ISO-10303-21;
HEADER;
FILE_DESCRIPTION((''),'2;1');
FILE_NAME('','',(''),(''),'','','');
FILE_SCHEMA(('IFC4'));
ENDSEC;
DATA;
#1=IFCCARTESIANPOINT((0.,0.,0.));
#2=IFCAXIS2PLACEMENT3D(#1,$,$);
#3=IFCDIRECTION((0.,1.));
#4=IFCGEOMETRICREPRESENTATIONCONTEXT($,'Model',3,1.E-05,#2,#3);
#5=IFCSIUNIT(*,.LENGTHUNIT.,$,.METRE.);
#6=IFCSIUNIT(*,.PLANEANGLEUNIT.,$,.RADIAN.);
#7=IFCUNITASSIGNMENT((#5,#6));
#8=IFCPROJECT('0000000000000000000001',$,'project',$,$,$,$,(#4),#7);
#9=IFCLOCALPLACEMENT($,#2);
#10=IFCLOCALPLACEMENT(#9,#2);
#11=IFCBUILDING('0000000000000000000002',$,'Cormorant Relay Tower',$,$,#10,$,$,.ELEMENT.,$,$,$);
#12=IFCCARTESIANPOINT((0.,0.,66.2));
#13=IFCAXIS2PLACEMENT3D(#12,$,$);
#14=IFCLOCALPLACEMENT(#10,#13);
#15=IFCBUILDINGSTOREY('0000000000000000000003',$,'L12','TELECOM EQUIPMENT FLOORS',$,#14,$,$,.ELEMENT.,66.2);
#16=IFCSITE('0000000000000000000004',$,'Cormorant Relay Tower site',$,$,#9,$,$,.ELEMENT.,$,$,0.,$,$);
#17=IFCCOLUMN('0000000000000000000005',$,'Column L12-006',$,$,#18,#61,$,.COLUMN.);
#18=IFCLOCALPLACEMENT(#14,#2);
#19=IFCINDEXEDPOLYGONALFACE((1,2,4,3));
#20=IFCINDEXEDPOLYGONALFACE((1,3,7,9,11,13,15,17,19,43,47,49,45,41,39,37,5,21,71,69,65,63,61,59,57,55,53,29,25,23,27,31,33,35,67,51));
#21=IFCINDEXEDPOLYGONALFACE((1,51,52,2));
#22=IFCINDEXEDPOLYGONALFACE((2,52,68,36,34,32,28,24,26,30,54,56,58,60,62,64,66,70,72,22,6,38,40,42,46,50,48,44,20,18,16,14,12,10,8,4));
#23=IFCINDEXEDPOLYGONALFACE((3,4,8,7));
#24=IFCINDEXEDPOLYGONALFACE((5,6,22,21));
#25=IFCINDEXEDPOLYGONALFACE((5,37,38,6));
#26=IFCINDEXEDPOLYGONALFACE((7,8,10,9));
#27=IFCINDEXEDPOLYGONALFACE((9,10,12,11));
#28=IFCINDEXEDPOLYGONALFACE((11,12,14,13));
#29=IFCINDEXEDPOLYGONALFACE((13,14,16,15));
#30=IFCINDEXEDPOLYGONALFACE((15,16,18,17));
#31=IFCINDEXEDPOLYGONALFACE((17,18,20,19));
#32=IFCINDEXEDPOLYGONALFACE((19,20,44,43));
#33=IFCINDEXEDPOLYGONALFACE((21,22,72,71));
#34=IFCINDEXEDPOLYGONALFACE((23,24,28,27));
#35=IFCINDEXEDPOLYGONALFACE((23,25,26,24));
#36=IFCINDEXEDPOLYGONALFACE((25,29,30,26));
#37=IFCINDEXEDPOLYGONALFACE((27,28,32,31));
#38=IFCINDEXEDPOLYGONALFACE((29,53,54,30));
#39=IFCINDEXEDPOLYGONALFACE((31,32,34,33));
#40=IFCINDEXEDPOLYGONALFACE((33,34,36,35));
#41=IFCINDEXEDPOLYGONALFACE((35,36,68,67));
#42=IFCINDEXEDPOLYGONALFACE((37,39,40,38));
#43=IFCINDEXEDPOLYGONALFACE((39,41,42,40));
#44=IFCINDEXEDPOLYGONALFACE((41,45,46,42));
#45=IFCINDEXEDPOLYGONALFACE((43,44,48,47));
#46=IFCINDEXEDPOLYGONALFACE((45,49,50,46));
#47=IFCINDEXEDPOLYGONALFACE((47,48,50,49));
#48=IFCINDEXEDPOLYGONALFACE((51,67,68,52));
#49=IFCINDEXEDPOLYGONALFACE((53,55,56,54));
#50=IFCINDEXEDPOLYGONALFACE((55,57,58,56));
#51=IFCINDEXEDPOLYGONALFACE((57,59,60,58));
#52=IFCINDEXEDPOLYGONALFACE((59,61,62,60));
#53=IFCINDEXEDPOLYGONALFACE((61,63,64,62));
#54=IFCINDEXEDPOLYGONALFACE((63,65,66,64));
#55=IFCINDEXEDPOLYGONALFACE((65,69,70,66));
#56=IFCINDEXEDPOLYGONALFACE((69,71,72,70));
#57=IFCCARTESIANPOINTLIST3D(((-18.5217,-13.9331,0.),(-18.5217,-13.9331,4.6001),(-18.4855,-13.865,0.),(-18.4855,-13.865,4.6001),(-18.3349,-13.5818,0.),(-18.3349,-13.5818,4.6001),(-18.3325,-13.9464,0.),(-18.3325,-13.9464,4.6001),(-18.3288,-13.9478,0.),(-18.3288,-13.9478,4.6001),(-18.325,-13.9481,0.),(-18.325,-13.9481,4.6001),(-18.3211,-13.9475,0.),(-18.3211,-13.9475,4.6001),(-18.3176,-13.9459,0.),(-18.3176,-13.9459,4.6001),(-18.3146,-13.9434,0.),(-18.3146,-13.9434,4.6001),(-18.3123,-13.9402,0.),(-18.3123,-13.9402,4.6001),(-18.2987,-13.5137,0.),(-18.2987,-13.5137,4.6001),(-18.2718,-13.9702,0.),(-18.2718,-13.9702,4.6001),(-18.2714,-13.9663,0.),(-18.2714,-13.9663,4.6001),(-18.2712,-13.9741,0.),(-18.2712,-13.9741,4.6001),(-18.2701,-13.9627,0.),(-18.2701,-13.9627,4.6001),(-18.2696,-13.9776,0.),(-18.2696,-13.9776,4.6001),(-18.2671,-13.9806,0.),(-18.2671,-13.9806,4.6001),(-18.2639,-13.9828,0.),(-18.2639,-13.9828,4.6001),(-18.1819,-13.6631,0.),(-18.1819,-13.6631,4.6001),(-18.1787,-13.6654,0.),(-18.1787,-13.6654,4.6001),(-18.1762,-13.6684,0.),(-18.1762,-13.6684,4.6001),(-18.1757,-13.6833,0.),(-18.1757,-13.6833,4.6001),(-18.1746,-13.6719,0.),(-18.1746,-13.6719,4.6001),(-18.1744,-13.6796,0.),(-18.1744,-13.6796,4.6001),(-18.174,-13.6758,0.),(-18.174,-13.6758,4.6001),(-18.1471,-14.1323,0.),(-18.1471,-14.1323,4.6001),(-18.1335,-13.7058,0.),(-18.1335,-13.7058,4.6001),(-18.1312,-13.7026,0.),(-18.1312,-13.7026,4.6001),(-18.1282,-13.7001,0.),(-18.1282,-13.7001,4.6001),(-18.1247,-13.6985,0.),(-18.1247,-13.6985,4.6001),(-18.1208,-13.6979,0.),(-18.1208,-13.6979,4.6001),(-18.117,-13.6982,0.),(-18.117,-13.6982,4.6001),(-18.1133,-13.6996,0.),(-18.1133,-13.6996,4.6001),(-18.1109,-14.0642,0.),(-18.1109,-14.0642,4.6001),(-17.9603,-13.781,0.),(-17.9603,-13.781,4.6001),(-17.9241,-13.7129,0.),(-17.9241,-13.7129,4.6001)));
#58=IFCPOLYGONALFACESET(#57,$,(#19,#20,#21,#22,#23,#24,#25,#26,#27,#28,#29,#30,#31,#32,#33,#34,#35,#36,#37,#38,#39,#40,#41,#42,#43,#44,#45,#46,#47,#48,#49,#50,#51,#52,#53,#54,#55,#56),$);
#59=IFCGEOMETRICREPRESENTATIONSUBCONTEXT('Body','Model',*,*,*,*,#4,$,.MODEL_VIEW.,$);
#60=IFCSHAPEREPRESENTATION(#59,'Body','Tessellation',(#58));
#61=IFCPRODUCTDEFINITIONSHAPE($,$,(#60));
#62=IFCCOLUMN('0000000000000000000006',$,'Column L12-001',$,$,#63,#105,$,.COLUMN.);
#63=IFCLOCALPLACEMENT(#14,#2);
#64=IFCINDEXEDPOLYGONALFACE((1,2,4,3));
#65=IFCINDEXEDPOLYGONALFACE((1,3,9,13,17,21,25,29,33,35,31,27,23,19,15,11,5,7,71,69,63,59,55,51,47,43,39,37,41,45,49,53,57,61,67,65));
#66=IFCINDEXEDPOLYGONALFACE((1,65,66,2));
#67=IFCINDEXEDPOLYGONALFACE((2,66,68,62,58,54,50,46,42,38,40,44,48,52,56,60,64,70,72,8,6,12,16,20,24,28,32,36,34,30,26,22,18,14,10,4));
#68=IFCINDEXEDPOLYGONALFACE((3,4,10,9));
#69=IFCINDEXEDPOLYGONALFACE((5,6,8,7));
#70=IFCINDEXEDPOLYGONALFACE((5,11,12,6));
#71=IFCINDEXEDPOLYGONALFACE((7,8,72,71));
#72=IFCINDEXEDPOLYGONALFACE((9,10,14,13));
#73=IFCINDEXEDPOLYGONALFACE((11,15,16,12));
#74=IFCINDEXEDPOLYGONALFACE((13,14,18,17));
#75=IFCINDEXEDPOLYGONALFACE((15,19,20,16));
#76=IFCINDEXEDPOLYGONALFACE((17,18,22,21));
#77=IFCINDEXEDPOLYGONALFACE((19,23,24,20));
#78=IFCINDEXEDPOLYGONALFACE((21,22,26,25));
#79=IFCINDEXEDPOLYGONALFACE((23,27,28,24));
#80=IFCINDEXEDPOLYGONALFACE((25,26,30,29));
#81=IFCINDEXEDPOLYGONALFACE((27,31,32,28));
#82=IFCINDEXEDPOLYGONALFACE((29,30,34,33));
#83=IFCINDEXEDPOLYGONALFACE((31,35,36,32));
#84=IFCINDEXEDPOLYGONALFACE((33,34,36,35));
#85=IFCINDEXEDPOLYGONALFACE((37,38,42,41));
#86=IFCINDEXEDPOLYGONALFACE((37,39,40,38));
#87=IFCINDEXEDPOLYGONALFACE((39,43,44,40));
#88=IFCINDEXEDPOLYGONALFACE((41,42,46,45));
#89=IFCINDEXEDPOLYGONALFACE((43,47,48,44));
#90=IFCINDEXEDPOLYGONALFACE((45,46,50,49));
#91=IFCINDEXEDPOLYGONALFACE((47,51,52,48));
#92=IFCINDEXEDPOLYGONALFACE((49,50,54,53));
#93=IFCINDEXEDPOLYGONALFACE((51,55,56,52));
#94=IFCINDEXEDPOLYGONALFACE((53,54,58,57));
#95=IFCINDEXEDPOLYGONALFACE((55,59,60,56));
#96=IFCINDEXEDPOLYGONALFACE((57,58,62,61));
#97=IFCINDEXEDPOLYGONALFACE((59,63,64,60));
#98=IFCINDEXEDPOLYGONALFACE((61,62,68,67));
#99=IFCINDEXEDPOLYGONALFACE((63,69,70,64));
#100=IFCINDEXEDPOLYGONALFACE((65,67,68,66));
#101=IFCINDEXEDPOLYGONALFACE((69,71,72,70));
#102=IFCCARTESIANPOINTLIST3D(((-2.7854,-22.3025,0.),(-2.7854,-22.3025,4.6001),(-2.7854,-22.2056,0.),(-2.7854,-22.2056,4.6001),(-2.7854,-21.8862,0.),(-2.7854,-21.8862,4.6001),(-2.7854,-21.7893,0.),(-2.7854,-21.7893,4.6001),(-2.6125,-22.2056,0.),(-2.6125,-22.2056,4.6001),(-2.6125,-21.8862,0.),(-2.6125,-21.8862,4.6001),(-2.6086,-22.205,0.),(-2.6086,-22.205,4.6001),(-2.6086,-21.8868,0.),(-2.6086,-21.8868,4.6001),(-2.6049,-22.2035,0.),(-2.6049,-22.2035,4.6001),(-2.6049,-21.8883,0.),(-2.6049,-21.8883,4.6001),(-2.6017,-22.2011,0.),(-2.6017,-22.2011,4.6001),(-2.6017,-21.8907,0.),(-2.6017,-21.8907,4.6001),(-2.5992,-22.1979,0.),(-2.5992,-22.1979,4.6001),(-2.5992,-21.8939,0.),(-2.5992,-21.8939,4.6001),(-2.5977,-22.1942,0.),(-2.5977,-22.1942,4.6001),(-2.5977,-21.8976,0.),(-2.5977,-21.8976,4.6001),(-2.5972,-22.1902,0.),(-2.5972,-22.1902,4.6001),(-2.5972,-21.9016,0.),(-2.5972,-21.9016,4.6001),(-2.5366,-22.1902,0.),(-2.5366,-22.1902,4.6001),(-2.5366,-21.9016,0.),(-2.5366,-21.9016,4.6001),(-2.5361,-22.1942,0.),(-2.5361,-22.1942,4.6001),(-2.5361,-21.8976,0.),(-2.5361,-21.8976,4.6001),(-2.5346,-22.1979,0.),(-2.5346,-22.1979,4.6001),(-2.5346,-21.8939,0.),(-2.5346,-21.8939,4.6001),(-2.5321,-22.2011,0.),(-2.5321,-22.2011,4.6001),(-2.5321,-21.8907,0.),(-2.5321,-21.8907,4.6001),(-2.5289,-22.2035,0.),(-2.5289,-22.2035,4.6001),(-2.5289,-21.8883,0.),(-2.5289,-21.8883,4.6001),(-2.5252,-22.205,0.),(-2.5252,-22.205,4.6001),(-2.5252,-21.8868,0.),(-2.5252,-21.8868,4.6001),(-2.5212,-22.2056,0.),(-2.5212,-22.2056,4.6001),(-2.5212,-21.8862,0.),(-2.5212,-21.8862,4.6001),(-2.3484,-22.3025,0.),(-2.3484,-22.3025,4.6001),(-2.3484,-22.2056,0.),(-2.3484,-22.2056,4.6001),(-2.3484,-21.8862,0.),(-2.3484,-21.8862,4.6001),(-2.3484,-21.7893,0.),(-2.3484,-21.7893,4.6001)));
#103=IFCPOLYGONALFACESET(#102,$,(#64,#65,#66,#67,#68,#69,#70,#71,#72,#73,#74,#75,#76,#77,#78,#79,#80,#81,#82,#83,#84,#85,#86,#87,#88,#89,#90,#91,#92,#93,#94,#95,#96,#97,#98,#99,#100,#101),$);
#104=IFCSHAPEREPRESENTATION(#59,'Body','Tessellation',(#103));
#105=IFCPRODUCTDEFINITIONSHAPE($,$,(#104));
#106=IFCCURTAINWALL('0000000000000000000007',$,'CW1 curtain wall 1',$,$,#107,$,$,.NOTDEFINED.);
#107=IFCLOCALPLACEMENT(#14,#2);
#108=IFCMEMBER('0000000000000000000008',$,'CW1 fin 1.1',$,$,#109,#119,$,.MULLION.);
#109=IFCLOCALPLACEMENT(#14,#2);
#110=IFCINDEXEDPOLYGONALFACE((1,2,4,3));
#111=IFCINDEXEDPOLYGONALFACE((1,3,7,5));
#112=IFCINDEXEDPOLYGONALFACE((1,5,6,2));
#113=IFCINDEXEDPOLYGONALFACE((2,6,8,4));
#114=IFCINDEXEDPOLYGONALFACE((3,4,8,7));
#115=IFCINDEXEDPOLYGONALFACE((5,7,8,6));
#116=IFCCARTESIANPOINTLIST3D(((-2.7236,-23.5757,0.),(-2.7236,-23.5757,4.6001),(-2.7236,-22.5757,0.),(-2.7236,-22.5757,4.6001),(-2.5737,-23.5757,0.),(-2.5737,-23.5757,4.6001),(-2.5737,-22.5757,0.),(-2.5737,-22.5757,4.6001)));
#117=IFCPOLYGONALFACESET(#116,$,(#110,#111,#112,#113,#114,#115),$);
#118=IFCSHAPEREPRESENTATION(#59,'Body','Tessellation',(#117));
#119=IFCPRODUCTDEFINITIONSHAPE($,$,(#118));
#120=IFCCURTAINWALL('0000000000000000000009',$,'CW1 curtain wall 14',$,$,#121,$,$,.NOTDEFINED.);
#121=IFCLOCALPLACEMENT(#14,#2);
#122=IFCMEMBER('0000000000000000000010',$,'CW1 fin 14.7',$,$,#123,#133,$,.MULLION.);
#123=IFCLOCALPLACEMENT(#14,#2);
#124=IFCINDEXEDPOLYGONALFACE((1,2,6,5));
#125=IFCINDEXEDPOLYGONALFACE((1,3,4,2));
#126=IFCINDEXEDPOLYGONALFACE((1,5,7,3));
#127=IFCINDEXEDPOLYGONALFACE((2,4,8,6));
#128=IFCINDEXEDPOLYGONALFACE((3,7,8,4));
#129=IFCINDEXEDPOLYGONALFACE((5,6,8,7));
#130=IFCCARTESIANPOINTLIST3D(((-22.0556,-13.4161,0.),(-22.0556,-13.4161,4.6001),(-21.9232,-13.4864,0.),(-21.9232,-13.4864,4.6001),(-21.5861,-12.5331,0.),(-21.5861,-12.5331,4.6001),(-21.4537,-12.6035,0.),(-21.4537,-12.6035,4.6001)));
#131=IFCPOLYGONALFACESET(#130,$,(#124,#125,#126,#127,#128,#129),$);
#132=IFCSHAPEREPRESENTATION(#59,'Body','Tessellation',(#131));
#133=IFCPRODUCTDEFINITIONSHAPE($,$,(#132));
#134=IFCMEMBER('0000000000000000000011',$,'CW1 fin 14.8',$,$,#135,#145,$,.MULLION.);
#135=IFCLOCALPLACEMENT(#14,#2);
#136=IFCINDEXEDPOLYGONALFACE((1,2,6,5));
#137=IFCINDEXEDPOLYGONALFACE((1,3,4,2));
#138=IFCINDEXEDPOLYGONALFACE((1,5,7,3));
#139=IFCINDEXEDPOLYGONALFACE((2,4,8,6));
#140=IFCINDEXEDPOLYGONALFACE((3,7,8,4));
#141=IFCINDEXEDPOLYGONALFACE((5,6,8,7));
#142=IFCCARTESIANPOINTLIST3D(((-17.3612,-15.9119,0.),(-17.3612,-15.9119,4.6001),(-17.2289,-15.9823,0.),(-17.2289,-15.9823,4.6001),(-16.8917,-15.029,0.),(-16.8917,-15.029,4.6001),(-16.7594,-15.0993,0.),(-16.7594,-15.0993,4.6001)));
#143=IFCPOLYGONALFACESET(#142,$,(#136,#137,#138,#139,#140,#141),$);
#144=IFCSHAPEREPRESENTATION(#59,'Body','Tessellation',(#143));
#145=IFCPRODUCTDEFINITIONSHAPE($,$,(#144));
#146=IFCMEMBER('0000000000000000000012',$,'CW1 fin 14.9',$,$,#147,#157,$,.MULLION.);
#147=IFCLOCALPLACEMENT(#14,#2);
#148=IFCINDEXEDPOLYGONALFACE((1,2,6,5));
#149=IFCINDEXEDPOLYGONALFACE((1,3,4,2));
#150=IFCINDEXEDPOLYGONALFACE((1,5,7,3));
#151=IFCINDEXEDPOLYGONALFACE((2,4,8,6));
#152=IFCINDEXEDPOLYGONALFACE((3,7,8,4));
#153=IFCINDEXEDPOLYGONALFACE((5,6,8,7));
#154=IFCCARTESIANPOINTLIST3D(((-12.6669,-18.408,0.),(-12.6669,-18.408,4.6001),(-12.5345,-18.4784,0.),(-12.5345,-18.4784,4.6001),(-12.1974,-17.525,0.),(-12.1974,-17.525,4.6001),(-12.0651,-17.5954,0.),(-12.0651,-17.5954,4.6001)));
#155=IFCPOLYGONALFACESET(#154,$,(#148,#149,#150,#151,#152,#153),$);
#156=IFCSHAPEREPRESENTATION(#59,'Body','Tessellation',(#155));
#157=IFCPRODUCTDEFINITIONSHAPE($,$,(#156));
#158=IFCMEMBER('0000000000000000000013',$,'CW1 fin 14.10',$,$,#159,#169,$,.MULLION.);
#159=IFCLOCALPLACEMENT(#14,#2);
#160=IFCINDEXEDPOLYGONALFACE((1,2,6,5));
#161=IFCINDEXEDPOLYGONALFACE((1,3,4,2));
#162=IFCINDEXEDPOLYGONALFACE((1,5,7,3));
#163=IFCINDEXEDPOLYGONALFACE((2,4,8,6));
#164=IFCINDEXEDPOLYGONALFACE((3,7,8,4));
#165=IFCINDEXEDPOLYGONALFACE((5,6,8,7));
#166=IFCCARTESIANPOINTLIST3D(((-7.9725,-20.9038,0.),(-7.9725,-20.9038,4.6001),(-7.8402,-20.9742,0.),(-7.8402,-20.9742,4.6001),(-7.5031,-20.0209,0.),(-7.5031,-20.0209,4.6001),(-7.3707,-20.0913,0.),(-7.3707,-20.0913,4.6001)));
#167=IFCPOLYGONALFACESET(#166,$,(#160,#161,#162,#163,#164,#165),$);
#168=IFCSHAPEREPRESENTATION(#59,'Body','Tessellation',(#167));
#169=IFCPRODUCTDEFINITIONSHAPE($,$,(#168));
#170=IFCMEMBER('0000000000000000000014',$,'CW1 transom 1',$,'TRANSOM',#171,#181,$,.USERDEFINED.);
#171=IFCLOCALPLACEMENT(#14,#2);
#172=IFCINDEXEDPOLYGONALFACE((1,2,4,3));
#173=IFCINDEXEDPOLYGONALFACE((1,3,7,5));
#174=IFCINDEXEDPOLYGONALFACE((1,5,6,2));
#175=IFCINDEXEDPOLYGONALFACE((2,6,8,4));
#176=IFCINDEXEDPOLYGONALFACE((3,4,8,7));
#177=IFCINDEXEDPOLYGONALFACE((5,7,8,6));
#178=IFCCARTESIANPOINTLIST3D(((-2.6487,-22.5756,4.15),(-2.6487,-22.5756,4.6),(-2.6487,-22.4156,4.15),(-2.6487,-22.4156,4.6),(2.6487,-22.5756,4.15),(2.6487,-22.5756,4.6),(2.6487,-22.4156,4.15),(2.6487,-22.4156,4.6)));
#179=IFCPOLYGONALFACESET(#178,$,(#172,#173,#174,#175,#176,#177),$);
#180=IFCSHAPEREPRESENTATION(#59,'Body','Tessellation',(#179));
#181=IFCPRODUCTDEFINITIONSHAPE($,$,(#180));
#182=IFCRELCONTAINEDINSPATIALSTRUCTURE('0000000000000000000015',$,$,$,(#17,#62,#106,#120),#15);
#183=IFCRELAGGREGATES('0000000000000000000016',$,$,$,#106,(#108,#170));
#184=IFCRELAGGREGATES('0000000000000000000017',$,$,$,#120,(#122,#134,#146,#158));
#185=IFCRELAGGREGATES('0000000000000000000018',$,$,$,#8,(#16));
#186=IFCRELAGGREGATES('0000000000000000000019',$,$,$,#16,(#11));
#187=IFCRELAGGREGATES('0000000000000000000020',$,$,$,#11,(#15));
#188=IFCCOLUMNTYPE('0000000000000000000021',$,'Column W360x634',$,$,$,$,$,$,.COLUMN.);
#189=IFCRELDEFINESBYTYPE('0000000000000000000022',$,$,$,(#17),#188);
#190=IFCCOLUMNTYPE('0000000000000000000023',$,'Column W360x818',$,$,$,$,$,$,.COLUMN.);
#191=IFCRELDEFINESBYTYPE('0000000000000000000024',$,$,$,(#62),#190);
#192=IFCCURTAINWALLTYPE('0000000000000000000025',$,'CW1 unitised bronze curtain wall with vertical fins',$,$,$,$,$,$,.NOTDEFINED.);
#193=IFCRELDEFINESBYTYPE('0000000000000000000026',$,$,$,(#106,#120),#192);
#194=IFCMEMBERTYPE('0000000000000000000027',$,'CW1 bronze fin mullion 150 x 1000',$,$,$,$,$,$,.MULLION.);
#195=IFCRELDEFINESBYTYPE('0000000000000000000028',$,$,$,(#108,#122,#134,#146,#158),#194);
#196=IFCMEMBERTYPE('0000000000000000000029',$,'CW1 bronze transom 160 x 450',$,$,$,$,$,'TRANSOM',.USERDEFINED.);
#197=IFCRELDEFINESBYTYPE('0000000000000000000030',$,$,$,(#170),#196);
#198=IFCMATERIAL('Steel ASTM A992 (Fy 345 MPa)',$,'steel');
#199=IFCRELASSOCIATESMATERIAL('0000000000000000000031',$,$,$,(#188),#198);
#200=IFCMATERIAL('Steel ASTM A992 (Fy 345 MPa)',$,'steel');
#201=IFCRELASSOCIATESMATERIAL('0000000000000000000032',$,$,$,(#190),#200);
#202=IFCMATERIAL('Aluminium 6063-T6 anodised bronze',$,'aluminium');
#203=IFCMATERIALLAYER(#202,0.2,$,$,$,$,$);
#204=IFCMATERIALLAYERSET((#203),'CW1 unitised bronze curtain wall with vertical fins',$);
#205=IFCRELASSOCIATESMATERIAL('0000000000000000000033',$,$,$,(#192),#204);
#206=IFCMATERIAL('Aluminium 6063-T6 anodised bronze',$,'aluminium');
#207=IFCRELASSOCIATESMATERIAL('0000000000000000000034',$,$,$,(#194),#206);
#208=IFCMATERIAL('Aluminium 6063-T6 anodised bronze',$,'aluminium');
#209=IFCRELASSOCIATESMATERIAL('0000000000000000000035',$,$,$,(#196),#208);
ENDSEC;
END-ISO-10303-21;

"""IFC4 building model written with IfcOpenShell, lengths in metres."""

from ifc_helpers import new_model, si_unit, direction, frame, origin, origin_2d, place, context, subcontext, project, spatial, rectangle, i_section, extrude, material, layer, layer_set, material_profile, profile_set, type_object, element, aggregate, save


model = new_model("IFC4")

# Units and contexts
model_context = context("Model", 3, precision=1e-05, world=origin(), true_north=direction((0.0, 1.0)))
body_context = subcontext(model_context, "Body", "Model", "MODEL_VIEW")
ifc_project = project(units=[si_unit("LENGTHUNIT", "METRE"), si_unit("PLANEANGLEUNIT", "RADIAN")], contexts=[model_context])

# Site, building, storey
site_placement = place(None, origin())
site = spatial("IfcSite", under=ifc_project, at=site_placement, Name="Cormorant Relay Tower site", CompositionType="ELEMENT", RefElevation=0.0)
building_placement = place(site_placement, origin())
building = spatial("IfcBuilding", under=site, at=building_placement, Name="Cormorant Relay Tower", CompositionType="ELEMENT")
storey_placement = place(building_placement, frame((0.0, 0.0, 66.2)))
storey = spatial("IfcBuildingStorey", under=building, at=storey_placement, Name="L12", Description="TELECOM EQUIPMENT FLOORS", CompositionType="ELEMENT", Elevation=66.2)

# Columns
ifc_material_1 = material(Name="Steel ASTM A992 (Fy 345 MPa)", Category="steel")
ifc_material_profile_1 = material_profile(ifc_material_1, i_section(OverallWidth=0.4243, OverallDepth=0.4751, WebThickness=0.0479, FlangeThickness=0.0771, FilletRadius=0.0149, at=origin_2d()), Name="W360x634")
ifc_profile_set_1 = profile_set([ifc_material_profile_1], Name="Steel ASTM A992 (Fy 345 MPa)")
column_type_1 = type_object("IfcColumnType", Name="Column W360x634", PredefinedType="COLUMN", material=ifc_profile_set_1)
for number, where, z_axis, x_axis, name in (
    (1, (-18.2229, -13.823, 0.0), (0.0, 0.0, 1.0), (0.882948, -0.469472, 0.0), "Column L12-006"),
):
    element("IfcColumn", number, at=place(storey_placement, frame(where, z_axis=z_axis, x_axis=x_axis)), inside=storey, type_object=column_type_1, Name=name, PredefinedType="COLUMN", context=body_context, shape_type="SweptSolid", body=[
        extrude(i_section(OverallWidth=0.4243, OverallDepth=0.4751, WebThickness=0.0479, FlangeThickness=0.0771, FilletRadius=0.0149, at=origin_2d()), origin(), (0.0, 0.0, 1.0), 4.6001),
    ])
ifc_material_2 = material(Name="Steel ASTM A992 (Fy 345 MPa)", Category="steel")
ifc_material_profile_2 = material_profile(ifc_material_2, i_section(OverallWidth=0.437, OverallDepth=0.5132, WebThickness=0.0605, FlangeThickness=0.0969, FilletRadius=0.0154, at=origin_2d()), Name="W360x818")
ifc_profile_set_2 = profile_set([ifc_material_profile_2], Name="Steel ASTM A992 (Fy 345 MPa)")
column_type_2 = type_object("IfcColumnType", Name="Column W360x818", PredefinedType="COLUMN", material=ifc_profile_set_2)
column_placement = place(storey_placement, frame((-2.5669, -22.0459, 0.0), z_axis=(0.0, 0.0, 1.0), x_axis=(1.0, 0.0, 0.0)))
element("IfcColumn", 2, at=column_placement, inside=storey, type_object=column_type_2, Name="Column L12-001", PredefinedType="COLUMN", context=body_context, shape_type="SweptSolid", body=[
    extrude(i_section(OverallWidth=0.437, OverallDepth=0.5132, WebThickness=0.0605, FlangeThickness=0.0969, FilletRadius=0.0154, at=origin_2d()), origin(), (0.0, 0.0, 1.0), 4.6001),
])

# Curtain wall, member
ifc_material_3 = material(Name="Aluminium 6063-T6 anodised bronze", Category="aluminium")
ifc_layer_1 = layer(ifc_material_3, 0.2)
ifc_layer_set_1 = layer_set([ifc_layer_1], Name="CW1 unitised bronze curtain wall with vertical fins")
curtain_wall_type = type_object("IfcCurtainWallType", Name="CW1 unitised bronze curtain wall with vertical fins", PredefinedType="NOTDEFINED", material=ifc_layer_set_1)
curtain_wall_1_placement = place(storey_placement, origin())
curtain_wall_1 = element("IfcCurtainWall", 3, at=curtain_wall_1_placement, inside=storey, type_object=curtain_wall_type, Name="CW1 curtain wall 1", PredefinedType="NOTDEFINED")
ifc_material_4 = material(Name="Aluminium 6063-T6 anodised bronze", Category="aluminium")
ifc_material_profile_3 = material_profile(ifc_material_4, rectangle(XDim=0.1499, YDim=1.0, at=origin_2d()), Name="AL 150x1000")
ifc_profile_set_3 = profile_set([ifc_material_profile_3], Name="Aluminium 6063-T6 anodised bronze")
member_type_1 = type_object("IfcMemberType", Name="CW1 bronze fin mullion 150 x 1000", PredefinedType="MULLION", material=ifc_profile_set_3)
member_1_placement = place(storey_placement, frame((-2.6487, -23.0757, 0.0), z_axis=(0.0, 0.0, 1.0), x_axis=(1.0, 0.0, 0.0)))
member_1 = element("IfcMember", 4, at=member_1_placement, type_object=member_type_1, Name="CW1 fin 1.1", PredefinedType="MULLION", context=body_context, shape_type="SweptSolid", body=[
    extrude(rectangle(XDim=0.1499, YDim=1.0, at=origin_2d()), origin(), (0.0, 0.0, 1.0), 4.6001),
])

# Curtain wall, members
curtain_wall_2_placement = place(storey_placement, origin())
curtain_wall_2 = element("IfcCurtainWall", 5, at=curtain_wall_2_placement, inside=storey, type_object=curtain_wall_type, Name="CW1 curtain wall 14", PredefinedType="NOTDEFINED")
member_2_placement = place(storey_placement, frame((-21.7546, -13.0098, 0.0), z_axis=(0.0, 0.0, 1.0), x_axis=(0.882948, -0.469472, 0.0)))
member_2 = element("IfcMember", 6, at=member_2_placement, type_object=member_type_1, Name="CW1 fin 14.7", PredefinedType="MULLION", context=body_context, shape_type="SweptSolid", body=[
    extrude(rectangle(XDim=0.1499, YDim=1.0, at=origin_2d()), origin(), (0.0, 0.0, 1.0), 4.6001),
])
member_3_placement = place(storey_placement, frame((-17.0603, -15.5056, 0.0), z_axis=(0.0, 0.0, 1.0), x_axis=(0.882948, -0.469472, 0.0)))
member_3 = element("IfcMember", 7, at=member_3_placement, type_object=member_type_1, Name="CW1 fin 14.8", PredefinedType="MULLION", context=body_context, shape_type="SweptSolid", body=[
    extrude(rectangle(XDim=0.1499, YDim=1.0, at=origin_2d()), origin(), (0.0, 0.0, 1.0), 4.6001),
])
member_4_placement = place(storey_placement, frame((-12.366, -18.0017, 0.0), z_axis=(0.0, 0.0, 1.0), x_axis=(0.882948, -0.469472, 0.0)))
member_4 = element("IfcMember", 8, at=member_4_placement, type_object=member_type_1, Name="CW1 fin 14.9", PredefinedType="MULLION", context=body_context, shape_type="SweptSolid", body=[
    extrude(rectangle(XDim=0.1499, YDim=1.0, at=origin_2d()), origin(), (0.0, 0.0, 1.0), 4.6001),
])
member_5_placement = place(storey_placement, frame((-7.6716, -20.4976, 0.0), z_axis=(0.0, 0.0, 1.0), x_axis=(0.882948, -0.469472, 0.0)))
member_5 = element("IfcMember", 9, at=member_5_placement, type_object=member_type_1, Name="CW1 fin 14.10", PredefinedType="MULLION", context=body_context, shape_type="SweptSolid", body=[
    extrude(rectangle(XDim=0.1499, YDim=1.0, at=origin_2d()), origin(), (0.0, 0.0, 1.0), 4.6001),
])

# Member
ifc_material_5 = material(Name="Aluminium 6063-T6 anodised bronze", Category="aluminium")
ifc_material_profile_4 = material_profile(ifc_material_5, rectangle(XDim=0.1599, YDim=0.45, at=origin_2d()), Name="AL 160x450")
ifc_profile_set_4 = profile_set([ifc_material_profile_4], Name="Aluminium 6063-T6 anodised bronze")
member_type_2 = type_object("IfcMemberType", Name="CW1 bronze transom 160 x 450", ElementType="TRANSOM", PredefinedType="USERDEFINED", material=ifc_profile_set_4)
member_6_placement = place(storey_placement, frame((-2.6487, -22.4956, 4.375), z_axis=(1.0, 0.0, 0.0), x_axis=(0.0, 1.0, 0.0)))
member_6 = element("IfcMember", 10, at=member_6_placement, type_object=member_type_2, Name="CW1 transom 1", ObjectType="TRANSOM", PredefinedType="USERDEFINED", context=body_context, shape_type="SweptSolid", body=[
    extrude(rectangle(XDim=0.1599, YDim=0.45, at=origin_2d()), origin(), (0.0, 0.0, 1.0), 5.2974),
])
aggregate(curtain_wall_1, [member_1, member_6])

aggregate(curtain_wall_2, [member_2, member_3, member_4, member_5])

save(model, "model.ifc")
